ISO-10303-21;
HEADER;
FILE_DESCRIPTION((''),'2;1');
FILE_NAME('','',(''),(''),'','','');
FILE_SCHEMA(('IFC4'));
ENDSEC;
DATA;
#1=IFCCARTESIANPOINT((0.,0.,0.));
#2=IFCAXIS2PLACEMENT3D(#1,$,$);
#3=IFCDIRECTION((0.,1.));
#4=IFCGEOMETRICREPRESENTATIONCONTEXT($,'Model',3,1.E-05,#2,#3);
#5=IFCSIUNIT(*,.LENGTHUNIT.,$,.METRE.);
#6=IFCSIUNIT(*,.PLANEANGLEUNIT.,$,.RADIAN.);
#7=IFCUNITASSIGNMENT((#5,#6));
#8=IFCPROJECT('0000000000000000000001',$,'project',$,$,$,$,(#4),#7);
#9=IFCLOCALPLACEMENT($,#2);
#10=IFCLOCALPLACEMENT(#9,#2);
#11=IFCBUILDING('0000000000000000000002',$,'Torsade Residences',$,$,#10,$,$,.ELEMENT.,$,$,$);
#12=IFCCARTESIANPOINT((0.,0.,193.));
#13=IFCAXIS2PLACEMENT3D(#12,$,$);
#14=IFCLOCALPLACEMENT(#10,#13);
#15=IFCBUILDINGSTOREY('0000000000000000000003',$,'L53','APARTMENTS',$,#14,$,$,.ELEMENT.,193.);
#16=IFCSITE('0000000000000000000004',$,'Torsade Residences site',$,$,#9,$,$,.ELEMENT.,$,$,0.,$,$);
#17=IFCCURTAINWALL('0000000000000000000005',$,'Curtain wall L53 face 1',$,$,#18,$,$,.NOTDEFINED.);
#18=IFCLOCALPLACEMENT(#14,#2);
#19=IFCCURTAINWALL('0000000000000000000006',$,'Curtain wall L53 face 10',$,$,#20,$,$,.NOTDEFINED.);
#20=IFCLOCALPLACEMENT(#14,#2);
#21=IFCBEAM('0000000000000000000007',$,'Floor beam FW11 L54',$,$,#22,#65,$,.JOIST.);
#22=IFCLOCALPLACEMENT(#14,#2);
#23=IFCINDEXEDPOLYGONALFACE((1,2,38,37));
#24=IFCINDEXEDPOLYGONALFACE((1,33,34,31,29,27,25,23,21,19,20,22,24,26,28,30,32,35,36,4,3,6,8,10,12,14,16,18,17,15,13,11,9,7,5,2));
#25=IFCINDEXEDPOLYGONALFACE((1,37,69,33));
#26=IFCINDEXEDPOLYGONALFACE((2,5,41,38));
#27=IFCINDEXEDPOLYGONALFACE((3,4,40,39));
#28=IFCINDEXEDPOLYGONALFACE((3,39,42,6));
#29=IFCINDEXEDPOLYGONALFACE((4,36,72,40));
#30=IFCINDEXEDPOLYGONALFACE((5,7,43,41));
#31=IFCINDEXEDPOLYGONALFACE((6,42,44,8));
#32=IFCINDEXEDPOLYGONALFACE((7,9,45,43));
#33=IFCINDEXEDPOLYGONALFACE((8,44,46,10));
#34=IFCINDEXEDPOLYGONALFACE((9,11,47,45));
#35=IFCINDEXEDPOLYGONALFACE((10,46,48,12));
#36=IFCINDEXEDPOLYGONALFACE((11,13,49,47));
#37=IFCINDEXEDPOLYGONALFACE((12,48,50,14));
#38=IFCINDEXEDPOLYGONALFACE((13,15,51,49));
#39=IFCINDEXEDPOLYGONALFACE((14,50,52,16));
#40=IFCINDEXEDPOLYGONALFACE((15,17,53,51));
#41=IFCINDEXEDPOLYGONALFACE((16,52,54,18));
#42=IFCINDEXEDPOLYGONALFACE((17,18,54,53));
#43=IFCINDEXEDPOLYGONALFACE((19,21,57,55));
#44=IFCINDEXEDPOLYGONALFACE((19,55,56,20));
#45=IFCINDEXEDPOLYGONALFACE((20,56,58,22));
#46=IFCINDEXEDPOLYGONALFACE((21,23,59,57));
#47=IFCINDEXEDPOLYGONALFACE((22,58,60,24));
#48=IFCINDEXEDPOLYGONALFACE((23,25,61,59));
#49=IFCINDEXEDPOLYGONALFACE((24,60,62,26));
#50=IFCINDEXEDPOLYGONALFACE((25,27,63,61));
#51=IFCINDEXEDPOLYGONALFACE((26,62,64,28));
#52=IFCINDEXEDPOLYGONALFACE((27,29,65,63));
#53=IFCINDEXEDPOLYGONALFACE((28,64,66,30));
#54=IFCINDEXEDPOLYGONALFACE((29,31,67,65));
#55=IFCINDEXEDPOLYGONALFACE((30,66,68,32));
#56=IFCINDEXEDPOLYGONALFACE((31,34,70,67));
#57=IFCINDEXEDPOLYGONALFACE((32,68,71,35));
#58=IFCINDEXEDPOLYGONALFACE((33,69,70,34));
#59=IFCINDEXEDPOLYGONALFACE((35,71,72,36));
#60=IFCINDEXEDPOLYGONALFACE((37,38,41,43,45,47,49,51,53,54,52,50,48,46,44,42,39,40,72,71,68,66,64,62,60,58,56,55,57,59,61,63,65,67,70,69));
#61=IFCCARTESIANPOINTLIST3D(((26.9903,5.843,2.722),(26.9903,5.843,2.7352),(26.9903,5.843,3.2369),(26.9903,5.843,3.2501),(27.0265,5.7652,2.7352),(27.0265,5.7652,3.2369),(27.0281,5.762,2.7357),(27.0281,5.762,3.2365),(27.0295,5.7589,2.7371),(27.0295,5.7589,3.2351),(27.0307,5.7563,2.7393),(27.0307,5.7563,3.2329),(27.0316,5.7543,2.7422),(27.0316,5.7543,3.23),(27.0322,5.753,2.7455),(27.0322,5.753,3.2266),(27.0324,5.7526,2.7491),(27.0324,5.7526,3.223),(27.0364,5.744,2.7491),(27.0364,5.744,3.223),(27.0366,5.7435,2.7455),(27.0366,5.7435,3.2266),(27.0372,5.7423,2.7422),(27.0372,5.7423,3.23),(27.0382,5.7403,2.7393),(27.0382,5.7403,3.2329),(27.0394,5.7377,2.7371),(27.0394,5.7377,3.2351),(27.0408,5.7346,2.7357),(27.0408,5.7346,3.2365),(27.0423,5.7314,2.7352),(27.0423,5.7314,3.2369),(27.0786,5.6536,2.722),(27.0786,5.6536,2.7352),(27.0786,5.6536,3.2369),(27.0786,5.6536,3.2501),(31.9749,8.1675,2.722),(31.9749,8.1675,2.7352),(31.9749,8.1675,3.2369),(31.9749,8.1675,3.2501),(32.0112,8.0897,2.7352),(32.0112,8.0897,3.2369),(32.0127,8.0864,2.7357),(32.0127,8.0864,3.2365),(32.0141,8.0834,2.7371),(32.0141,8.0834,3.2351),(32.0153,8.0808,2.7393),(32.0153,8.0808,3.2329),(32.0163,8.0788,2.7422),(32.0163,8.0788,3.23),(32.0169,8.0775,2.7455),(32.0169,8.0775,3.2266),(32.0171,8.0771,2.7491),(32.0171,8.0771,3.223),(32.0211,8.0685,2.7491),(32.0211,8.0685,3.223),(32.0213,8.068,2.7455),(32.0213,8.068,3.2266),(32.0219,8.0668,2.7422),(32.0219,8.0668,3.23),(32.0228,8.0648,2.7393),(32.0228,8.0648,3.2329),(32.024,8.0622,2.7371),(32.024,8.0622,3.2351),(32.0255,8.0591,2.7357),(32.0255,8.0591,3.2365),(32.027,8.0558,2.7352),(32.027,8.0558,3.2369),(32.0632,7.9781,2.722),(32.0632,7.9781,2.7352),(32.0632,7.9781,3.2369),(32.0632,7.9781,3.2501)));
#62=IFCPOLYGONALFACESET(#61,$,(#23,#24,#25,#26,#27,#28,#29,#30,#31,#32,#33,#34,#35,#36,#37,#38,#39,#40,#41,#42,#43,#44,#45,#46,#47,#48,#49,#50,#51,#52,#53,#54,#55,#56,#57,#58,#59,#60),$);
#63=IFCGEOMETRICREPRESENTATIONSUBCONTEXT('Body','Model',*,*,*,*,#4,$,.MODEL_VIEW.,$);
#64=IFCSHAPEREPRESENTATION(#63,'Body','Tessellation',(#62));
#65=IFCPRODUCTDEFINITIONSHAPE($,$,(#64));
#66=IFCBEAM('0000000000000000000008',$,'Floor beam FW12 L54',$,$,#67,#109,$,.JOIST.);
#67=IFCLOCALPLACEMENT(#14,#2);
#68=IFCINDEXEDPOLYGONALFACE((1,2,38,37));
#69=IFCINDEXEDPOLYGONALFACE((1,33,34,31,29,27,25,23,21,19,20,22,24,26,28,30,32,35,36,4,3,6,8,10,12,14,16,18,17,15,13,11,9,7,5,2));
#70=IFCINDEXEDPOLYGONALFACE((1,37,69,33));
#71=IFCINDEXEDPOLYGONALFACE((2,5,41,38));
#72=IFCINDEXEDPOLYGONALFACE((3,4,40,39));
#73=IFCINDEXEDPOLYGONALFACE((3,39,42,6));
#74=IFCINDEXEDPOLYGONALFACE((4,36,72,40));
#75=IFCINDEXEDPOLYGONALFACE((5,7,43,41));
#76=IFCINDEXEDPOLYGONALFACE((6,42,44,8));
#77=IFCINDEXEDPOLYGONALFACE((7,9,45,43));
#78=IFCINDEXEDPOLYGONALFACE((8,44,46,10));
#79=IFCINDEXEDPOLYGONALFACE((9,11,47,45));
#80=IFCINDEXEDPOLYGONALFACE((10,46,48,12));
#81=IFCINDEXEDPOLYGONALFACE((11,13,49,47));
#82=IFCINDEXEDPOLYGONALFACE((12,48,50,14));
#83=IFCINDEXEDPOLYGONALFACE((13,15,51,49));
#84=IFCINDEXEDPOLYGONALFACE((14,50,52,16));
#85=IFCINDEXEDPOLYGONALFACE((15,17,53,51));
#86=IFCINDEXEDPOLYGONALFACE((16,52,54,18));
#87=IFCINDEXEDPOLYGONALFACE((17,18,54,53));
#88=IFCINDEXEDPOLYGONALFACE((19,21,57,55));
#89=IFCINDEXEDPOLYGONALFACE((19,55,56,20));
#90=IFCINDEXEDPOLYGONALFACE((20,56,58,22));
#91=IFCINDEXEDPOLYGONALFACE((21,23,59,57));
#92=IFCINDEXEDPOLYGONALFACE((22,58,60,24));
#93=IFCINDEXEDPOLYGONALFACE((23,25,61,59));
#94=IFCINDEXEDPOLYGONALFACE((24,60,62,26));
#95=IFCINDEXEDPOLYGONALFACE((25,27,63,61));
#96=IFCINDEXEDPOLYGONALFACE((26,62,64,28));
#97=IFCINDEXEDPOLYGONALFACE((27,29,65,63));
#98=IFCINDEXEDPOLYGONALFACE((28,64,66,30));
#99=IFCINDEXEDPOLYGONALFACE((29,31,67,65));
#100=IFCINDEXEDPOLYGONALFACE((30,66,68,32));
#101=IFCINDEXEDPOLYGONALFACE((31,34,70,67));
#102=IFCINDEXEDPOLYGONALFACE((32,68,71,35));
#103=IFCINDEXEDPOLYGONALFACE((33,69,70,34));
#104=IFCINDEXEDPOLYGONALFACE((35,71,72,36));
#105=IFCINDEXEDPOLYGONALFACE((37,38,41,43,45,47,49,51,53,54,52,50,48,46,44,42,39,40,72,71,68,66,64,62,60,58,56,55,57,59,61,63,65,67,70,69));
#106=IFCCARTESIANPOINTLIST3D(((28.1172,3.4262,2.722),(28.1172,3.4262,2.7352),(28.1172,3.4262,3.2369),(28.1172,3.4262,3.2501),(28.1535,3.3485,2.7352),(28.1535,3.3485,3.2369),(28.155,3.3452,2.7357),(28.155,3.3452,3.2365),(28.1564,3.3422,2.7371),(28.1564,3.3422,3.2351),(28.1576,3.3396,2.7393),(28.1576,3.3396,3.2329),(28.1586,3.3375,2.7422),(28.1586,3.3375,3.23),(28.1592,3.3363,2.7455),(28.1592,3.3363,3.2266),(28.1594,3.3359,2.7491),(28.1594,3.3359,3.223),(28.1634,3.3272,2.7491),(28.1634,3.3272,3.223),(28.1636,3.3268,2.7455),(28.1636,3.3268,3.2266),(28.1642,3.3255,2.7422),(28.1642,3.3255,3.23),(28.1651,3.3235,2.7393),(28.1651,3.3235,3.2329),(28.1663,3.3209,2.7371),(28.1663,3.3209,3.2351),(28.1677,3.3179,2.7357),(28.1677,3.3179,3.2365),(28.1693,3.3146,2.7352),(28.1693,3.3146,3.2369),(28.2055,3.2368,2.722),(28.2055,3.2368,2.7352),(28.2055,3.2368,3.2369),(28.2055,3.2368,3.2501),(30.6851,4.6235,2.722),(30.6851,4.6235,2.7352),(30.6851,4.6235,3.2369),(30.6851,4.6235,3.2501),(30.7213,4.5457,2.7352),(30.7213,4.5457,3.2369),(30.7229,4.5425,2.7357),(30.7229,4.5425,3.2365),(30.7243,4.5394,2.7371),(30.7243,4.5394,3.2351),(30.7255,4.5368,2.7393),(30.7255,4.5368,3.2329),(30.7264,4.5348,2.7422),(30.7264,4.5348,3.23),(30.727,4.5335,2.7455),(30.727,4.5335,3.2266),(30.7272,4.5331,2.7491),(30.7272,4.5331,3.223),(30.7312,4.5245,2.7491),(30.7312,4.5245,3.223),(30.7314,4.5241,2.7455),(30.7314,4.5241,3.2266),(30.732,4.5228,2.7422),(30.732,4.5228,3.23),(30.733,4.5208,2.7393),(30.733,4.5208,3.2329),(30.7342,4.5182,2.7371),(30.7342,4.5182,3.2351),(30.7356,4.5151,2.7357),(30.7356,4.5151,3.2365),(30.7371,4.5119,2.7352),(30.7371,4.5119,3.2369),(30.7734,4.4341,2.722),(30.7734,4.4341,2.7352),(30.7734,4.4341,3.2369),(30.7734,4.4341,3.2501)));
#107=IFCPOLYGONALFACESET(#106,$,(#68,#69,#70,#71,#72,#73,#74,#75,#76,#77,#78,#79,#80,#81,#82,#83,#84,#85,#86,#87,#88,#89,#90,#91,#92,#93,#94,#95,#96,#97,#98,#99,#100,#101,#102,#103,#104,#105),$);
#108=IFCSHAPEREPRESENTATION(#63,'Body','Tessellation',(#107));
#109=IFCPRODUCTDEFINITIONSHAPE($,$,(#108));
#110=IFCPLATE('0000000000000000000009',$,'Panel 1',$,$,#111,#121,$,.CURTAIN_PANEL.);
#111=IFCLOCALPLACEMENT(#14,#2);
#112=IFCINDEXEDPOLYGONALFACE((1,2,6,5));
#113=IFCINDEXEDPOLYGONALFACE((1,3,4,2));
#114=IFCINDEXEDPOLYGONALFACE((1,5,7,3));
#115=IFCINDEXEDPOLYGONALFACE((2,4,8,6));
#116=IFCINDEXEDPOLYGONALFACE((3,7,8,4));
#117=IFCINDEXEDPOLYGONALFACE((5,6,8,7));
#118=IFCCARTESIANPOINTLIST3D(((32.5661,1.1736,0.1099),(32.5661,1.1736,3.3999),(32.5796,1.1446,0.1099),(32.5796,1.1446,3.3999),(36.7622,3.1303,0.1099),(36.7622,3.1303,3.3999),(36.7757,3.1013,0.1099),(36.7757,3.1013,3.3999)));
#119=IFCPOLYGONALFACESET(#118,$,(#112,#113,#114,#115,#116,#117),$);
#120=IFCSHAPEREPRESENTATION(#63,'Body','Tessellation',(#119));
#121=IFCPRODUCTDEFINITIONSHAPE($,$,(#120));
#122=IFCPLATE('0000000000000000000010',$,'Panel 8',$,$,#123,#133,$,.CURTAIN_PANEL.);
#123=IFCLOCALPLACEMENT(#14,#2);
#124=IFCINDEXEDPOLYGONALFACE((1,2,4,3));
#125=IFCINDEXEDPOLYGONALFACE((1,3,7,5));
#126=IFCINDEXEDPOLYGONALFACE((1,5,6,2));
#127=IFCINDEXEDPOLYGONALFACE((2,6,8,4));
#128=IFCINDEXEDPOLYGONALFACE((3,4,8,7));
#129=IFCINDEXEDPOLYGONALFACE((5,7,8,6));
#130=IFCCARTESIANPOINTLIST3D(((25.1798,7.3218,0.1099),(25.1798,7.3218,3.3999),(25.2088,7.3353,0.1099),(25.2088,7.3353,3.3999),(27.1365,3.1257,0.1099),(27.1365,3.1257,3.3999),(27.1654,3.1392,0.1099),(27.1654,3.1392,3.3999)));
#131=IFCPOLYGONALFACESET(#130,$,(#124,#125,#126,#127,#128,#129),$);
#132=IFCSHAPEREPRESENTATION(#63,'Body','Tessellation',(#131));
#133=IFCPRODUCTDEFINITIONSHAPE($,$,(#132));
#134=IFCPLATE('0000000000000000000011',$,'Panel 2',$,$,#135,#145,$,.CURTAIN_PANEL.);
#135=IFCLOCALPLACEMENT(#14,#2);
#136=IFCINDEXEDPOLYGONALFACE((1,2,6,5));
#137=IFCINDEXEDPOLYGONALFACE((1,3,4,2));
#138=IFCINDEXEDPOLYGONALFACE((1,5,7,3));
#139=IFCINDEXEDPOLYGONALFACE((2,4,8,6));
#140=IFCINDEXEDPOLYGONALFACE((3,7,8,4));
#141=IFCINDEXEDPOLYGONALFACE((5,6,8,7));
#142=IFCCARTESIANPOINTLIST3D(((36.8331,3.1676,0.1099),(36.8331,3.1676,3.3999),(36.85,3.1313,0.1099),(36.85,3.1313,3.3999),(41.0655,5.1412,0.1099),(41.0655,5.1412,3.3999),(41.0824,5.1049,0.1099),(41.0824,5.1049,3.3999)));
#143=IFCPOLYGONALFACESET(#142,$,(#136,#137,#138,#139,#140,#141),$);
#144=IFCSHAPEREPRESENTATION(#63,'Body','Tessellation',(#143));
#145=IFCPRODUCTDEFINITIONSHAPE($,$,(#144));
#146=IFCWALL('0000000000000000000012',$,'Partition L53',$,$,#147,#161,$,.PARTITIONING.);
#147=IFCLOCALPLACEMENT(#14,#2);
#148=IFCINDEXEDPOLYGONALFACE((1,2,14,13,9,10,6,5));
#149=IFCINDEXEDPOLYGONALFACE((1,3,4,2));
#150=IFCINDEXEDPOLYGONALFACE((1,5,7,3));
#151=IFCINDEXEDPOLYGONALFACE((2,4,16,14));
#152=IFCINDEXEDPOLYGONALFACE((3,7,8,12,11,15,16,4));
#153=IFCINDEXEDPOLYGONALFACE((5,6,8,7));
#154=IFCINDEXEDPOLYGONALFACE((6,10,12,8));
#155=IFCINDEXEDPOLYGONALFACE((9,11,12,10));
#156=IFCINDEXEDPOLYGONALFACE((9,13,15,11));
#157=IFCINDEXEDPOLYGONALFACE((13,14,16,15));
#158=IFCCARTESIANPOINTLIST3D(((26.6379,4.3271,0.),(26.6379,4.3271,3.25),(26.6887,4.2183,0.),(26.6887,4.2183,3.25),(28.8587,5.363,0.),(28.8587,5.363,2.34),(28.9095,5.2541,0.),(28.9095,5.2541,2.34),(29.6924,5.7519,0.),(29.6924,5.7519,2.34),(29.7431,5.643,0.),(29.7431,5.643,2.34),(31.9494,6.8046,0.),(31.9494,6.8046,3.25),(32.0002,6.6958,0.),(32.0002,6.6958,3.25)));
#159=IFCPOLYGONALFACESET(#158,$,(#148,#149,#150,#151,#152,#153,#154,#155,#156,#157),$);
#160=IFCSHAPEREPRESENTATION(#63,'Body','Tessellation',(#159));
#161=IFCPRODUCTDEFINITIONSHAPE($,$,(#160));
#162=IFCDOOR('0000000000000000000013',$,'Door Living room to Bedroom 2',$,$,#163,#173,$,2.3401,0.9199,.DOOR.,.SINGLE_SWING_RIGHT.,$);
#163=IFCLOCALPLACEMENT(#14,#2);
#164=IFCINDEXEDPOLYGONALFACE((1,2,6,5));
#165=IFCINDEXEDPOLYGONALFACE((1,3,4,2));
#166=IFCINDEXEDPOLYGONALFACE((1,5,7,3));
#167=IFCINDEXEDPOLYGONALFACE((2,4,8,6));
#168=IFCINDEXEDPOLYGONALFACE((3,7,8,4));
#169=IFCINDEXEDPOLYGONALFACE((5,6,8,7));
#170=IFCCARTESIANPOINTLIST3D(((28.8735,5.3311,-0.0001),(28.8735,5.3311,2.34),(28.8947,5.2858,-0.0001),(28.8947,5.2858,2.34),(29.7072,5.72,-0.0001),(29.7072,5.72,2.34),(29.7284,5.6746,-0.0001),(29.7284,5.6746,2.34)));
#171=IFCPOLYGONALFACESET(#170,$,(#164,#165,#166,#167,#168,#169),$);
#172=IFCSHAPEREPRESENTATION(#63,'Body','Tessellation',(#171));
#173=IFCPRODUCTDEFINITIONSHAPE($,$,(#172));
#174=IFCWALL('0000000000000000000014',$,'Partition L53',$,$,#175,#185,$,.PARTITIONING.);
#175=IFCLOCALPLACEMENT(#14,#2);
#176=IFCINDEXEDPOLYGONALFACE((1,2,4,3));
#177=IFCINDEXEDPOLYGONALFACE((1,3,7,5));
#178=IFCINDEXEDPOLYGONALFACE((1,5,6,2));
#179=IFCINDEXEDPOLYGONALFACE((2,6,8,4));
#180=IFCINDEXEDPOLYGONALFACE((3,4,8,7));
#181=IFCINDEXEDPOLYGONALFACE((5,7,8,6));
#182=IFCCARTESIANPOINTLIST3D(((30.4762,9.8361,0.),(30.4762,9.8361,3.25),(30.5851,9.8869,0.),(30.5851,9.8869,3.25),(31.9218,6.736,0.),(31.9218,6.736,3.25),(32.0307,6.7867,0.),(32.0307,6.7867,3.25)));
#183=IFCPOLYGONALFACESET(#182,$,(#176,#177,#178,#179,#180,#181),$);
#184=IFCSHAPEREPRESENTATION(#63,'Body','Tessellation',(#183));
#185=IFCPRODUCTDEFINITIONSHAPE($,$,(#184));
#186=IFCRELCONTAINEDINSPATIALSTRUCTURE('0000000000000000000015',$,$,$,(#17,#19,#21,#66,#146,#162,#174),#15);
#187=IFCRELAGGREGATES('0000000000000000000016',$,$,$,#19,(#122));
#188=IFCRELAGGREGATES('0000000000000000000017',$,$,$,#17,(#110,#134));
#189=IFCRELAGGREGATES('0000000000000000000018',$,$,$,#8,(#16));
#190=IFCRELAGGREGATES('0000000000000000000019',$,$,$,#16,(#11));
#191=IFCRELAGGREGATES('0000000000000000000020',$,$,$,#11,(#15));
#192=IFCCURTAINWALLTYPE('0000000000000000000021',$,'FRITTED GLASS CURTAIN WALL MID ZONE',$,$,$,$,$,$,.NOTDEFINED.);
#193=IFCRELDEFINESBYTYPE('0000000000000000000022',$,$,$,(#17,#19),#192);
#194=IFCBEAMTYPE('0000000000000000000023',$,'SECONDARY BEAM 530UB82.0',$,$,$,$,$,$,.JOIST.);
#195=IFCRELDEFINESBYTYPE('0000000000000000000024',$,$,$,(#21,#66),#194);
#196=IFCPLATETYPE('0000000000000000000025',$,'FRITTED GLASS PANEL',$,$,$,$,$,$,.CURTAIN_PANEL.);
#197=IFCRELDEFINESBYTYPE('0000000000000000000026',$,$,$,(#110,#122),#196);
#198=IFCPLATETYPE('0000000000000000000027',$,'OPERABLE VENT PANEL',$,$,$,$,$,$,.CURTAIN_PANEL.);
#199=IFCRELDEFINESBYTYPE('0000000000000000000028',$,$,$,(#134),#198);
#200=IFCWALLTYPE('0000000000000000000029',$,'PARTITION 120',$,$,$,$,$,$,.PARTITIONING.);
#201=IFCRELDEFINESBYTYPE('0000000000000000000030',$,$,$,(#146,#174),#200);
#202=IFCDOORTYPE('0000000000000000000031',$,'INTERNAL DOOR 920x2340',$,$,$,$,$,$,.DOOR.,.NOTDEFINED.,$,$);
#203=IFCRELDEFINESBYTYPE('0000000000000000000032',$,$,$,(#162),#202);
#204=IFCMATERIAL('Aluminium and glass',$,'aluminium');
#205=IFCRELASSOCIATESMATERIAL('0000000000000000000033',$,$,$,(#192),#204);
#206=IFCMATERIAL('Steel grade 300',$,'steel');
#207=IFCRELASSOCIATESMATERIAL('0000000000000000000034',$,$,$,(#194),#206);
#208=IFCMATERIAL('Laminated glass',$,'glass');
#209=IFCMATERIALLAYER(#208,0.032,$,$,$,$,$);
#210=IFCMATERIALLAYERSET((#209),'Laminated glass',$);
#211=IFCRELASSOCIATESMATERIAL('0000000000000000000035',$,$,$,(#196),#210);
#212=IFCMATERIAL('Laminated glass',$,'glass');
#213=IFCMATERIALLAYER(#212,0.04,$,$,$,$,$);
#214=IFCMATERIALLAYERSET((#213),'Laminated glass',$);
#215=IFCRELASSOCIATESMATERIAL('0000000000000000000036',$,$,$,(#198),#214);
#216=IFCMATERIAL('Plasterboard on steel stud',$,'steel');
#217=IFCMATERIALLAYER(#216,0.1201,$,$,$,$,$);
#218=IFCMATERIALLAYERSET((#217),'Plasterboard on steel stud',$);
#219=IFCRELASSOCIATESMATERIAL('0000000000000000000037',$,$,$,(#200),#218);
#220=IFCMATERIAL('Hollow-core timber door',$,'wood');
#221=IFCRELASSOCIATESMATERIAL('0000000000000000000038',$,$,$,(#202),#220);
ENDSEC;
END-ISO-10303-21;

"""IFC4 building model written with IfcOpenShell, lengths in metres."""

from ifc_helpers import new_model, si_unit, direction, frame, frame_2d, origin, origin_2d, place, context, subcontext, project, spatial, rectangle, i_section, extrude, material, layer, layer_set, material_profile, profile_set, type_object, element, fill, aggregate, save


model = new_model("IFC4")

# Units and contexts
model_context = context("Model", 3, precision=1e-05, world=origin(), true_north=direction((0.0, 1.0)))
body_context = subcontext(model_context, "Body", "Model", "MODEL_VIEW")
ifc_project = project(units=[si_unit("LENGTHUNIT", "METRE"), si_unit("PLANEANGLEUNIT", "RADIAN")], contexts=[model_context])

# Site, building, storey
site_placement = place(None, origin())
site = spatial("IfcSite", under=ifc_project, at=site_placement, Name="Torsade Residences site", CompositionType="ELEMENT", RefElevation=0.0)
building_placement = place(site_placement, origin())
building = spatial("IfcBuilding", under=site, at=building_placement, Name="Torsade Residences", CompositionType="ELEMENT")
storey_placement = place(building_placement, frame((0.0, 0.0, 193.0)))
storey = spatial("IfcBuildingStorey", under=building, at=storey_placement, Name="L53", Description="APARTMENTS", CompositionType="ELEMENT", Elevation=193.0)

# Curtain wall
ifc_material_1 = material(Name="Aluminium and glass", Category="aluminium")
curtain_wall_type = type_object("IfcCurtainWallType", Name="FRITTED GLASS CURTAIN WALL MID ZONE", PredefinedType="NOTDEFINED", material=ifc_material_1)
curtain_wall_1_placement = place(storey_placement, origin())
curtain_wall_1 = element("IfcCurtainWall", 1, at=curtain_wall_1_placement, inside=storey, type_object=curtain_wall_type, Name="Curtain wall L53 face 1", PredefinedType="NOTDEFINED")

# Curtain wall
curtain_wall_2_placement = place(storey_placement, origin())
curtain_wall_2 = element("IfcCurtainWall", 2, at=curtain_wall_2_placement, inside=storey, type_object=curtain_wall_type, Name="Curtain wall L53 face 10", PredefinedType="NOTDEFINED")

# Beams
ifc_material_2 = material(Name="Steel grade 300", Category="steel")
ifc_material_profile_1 = material_profile(ifc_material_2, i_section(OverallWidth=0.209, OverallDepth=0.5281, WebThickness=0.0095, FlangeThickness=0.0132, FilletRadius=0.0139, at=origin_2d()), Name="530UB82.0")
ifc_profile_set_1 = profile_set([ifc_material_profile_1], Name="Steel grade 300")
beam_type_1 = type_object("IfcBeamType", Name="SECONDARY BEAM 530UB82.0", PredefinedType="JOIST", material=ifc_profile_set_1)
beam_1_placement = place(storey_placement, frame((27.0344, 5.7483, 2.9861), z_axis=(0.906301, 0.422633, 0.0), x_axis=(-0.422633, 0.906301, 0.0)))
element("IfcBeam", 3, at=beam_1_placement, inside=storey, type_object=beam_type_1, Name="Floor beam FW11 L54", PredefinedType="JOIST", context=body_context, shape_type="SweptSolid", body=[
    extrude(i_section(OverallWidth=0.209, OverallDepth=0.5281, WebThickness=0.0095, FlangeThickness=0.0132, FilletRadius=0.0139, at=origin_2d()), origin(), (0.0, 0.0, 1.0), 5.5),
])
beam_2_placement = place(storey_placement, frame((28.1614, 3.3315, 2.9861), z_axis=(0.906328, 0.422574, 0.0), x_axis=(-0.422574, 0.906328, 0.0)))
element("IfcBeam", 4, at=beam_2_placement, inside=storey, type_object=beam_type_1, Name="Floor beam FW12 L54", PredefinedType="JOIST", context=body_context, shape_type="SweptSolid", body=[
    extrude(i_section(OverallWidth=0.209, OverallDepth=0.5281, WebThickness=0.0095, FlangeThickness=0.0132, FilletRadius=0.0139, at=origin_2d()), origin(), (0.0, 0.0, 1.0), 2.8333),
])

# Plates
ifc_material_3 = material(Name="Laminated glass", Category="glass")
ifc_layer_1 = layer(ifc_material_3, 0.032)
ifc_layer_set_1 = layer_set([ifc_layer_1], Name="Laminated glass")
plate_type_1 = type_object("IfcPlateType", Name="FRITTED GLASS PANEL", PredefinedType="CURTAIN_PANEL", material=ifc_layer_set_1)
plate_1_placement = place(storey_placement, frame((34.6709, 2.1375, 0.1099), z_axis=(0.0, 0.0, 1.0), x_axis=(0.906308, 0.422618, 0.0)))
plate_1 = element("IfcPlate", 5, at=plate_1_placement, type_object=plate_type_1, Name="Panel 1", PredefinedType="CURTAIN_PANEL", context=body_context, shape_type="SweptSolid", body=[
    extrude(rectangle(XDim=4.6299, YDim=0.032, at=origin_2d()), origin(), (0.0, 0.0, 1.0), 3.29),
])
plate_2_placement = place(storey_placement, frame((26.1726, 5.2305, 0.1099), z_axis=(0.0, 0.0, 1.0), x_axis=(0.422618, -0.906308, 0.0)))
plate_2 = element("IfcPlate", 6, at=plate_2_placement, type_object=plate_type_1, Name="Panel 8", PredefinedType="CURTAIN_PANEL", context=body_context, shape_type="SweptSolid", body=[
    extrude(rectangle(XDim=4.6299, YDim=0.032, at=origin_2d()), origin(), (0.0, 0.0, 1.0), 3.29),
])
aggregate(curtain_wall_2, [plate_2])
ifc_material_4 = material(Name="Laminated glass", Category="glass")
ifc_layer_2 = layer(ifc_material_4, 0.04)
ifc_layer_set_2 = layer_set([ifc_layer_2], Name="Laminated glass")
plate_type_2 = type_object("IfcPlateType", Name="OPERABLE VENT PANEL", PredefinedType="CURTAIN_PANEL", material=ifc_layer_set_2)
plate_3_placement = place(storey_placement, frame((38.9578, 4.1362, 0.1099), z_axis=(0.0, 0.0, 1.0), x_axis=(0.906308, 0.422618, 0.0)))
plate_3 = element("IfcPlate", 7, at=plate_3_placement, type_object=plate_type_2, Name="Panel 2", PredefinedType="CURTAIN_PANEL", context=body_context, shape_type="SweptSolid", body=[
    extrude(rectangle(XDim=4.6699, YDim=0.04, at=origin_2d()), origin(), (0.0, 0.0, 1.0), 3.29),
])
aggregate(curtain_wall_1, [plate_1, plate_3])

# Wall, opening, door
ifc_material_5 = material(Name="Plasterboard on steel stud", Category="steel")
ifc_layer_3 = layer(ifc_material_5, 0.1201)
ifc_layer_set_3 = layer_set([ifc_layer_3], Name="Plasterboard on steel stud")
wall_type_1 = type_object("IfcWallType", Name="PARTITION 120", PredefinedType="PARTITIONING", material=ifc_layer_set_3)
wall_1_placement = place(storey_placement, frame((26.6633, 4.2727, 0.0), z_axis=(0.0, 0.0, 1.0), x_axis=(0.90626, 0.422721, 0.0)))
wall_1 = element("IfcWall", 8, at=wall_1_placement, inside=storey, type_object=wall_type_1, Name="Partition L53", PredefinedType="PARTITIONING", context=body_context, shape_type="SweptSolid", body=[
    extrude(rectangle(XDim=5.8608, YDim=0.1201, at=frame_2d((2.9304, 0.0))), origin(), (0.0, 0.0, 1.0), 3.25),
])
opening_1_placement = place(wall_1_placement, frame((2.4504, 0.0, 0.0)))
opening_1 = element("IfcOpeningElement", 9, at=opening_1_placement, cuts=wall_1, PredefinedType="OPENING", context=body_context, shape_type="SweptSolid", body=[
    extrude(rectangle(XDim=0.9199, YDim=2.3401, at=frame_2d((0.46, 1.1699))), frame((0.0, 0.0701, 0.0), z_axis=(0.0, -1.0, 0.0), x_axis=(1.0, 0.0, 0.0)), (0.0, 0.0, 1.0), 0.1401),
])
ifc_material_6 = material(Name="Hollow-core timber door", Category="wood")
door_type_1 = type_object("IfcDoorType", Name="INTERNAL DOOR 920x2340", OperationType="NOTDEFINED", PredefinedType="DOOR", material=ifc_material_6)
door_1_placement = place(opening_1_placement, origin())
door_1 = element("IfcDoor", 10, at=door_1_placement, inside=storey, type_object=door_type_1, Name="Door Living room to Bedroom 2", OperationType="SINGLE_SWING_RIGHT", OverallHeight=2.3401, OverallWidth=0.9199, PredefinedType="DOOR", context=body_context, shape_type="SweptSolid", body=[
    extrude(rectangle(XDim=0.9199, YDim=2.3401, at=frame_2d((0.46, 1.1699))), frame((0.0, 0.0249, 0.0), z_axis=(0.0, -1.0, 0.0), x_axis=(1.0, 0.0, 0.0)), (0.0, 0.0, 1.0), 0.05),
])
fill(opening_1, door_1)

# Wall
wall_2_placement = place(storey_placement, frame((31.9763, 6.7612, 0.0), z_axis=(0.0, 0.0, 1.0), x_axis=(-0.422608, 0.906313, 0.0)))
element("IfcWall", 11, at=wall_2_placement, inside=storey, type_object=wall_type_1, Name="Partition L53", PredefinedType="PARTITIONING", context=body_context, shape_type="SweptSolid", body=[
    extrude(rectangle(XDim=3.4207, YDim=0.1201, at=frame_2d((1.7104, 0.0))), origin(), (0.0, 0.0, 1.0), 3.25),
])

save(model, "model.ifc")
